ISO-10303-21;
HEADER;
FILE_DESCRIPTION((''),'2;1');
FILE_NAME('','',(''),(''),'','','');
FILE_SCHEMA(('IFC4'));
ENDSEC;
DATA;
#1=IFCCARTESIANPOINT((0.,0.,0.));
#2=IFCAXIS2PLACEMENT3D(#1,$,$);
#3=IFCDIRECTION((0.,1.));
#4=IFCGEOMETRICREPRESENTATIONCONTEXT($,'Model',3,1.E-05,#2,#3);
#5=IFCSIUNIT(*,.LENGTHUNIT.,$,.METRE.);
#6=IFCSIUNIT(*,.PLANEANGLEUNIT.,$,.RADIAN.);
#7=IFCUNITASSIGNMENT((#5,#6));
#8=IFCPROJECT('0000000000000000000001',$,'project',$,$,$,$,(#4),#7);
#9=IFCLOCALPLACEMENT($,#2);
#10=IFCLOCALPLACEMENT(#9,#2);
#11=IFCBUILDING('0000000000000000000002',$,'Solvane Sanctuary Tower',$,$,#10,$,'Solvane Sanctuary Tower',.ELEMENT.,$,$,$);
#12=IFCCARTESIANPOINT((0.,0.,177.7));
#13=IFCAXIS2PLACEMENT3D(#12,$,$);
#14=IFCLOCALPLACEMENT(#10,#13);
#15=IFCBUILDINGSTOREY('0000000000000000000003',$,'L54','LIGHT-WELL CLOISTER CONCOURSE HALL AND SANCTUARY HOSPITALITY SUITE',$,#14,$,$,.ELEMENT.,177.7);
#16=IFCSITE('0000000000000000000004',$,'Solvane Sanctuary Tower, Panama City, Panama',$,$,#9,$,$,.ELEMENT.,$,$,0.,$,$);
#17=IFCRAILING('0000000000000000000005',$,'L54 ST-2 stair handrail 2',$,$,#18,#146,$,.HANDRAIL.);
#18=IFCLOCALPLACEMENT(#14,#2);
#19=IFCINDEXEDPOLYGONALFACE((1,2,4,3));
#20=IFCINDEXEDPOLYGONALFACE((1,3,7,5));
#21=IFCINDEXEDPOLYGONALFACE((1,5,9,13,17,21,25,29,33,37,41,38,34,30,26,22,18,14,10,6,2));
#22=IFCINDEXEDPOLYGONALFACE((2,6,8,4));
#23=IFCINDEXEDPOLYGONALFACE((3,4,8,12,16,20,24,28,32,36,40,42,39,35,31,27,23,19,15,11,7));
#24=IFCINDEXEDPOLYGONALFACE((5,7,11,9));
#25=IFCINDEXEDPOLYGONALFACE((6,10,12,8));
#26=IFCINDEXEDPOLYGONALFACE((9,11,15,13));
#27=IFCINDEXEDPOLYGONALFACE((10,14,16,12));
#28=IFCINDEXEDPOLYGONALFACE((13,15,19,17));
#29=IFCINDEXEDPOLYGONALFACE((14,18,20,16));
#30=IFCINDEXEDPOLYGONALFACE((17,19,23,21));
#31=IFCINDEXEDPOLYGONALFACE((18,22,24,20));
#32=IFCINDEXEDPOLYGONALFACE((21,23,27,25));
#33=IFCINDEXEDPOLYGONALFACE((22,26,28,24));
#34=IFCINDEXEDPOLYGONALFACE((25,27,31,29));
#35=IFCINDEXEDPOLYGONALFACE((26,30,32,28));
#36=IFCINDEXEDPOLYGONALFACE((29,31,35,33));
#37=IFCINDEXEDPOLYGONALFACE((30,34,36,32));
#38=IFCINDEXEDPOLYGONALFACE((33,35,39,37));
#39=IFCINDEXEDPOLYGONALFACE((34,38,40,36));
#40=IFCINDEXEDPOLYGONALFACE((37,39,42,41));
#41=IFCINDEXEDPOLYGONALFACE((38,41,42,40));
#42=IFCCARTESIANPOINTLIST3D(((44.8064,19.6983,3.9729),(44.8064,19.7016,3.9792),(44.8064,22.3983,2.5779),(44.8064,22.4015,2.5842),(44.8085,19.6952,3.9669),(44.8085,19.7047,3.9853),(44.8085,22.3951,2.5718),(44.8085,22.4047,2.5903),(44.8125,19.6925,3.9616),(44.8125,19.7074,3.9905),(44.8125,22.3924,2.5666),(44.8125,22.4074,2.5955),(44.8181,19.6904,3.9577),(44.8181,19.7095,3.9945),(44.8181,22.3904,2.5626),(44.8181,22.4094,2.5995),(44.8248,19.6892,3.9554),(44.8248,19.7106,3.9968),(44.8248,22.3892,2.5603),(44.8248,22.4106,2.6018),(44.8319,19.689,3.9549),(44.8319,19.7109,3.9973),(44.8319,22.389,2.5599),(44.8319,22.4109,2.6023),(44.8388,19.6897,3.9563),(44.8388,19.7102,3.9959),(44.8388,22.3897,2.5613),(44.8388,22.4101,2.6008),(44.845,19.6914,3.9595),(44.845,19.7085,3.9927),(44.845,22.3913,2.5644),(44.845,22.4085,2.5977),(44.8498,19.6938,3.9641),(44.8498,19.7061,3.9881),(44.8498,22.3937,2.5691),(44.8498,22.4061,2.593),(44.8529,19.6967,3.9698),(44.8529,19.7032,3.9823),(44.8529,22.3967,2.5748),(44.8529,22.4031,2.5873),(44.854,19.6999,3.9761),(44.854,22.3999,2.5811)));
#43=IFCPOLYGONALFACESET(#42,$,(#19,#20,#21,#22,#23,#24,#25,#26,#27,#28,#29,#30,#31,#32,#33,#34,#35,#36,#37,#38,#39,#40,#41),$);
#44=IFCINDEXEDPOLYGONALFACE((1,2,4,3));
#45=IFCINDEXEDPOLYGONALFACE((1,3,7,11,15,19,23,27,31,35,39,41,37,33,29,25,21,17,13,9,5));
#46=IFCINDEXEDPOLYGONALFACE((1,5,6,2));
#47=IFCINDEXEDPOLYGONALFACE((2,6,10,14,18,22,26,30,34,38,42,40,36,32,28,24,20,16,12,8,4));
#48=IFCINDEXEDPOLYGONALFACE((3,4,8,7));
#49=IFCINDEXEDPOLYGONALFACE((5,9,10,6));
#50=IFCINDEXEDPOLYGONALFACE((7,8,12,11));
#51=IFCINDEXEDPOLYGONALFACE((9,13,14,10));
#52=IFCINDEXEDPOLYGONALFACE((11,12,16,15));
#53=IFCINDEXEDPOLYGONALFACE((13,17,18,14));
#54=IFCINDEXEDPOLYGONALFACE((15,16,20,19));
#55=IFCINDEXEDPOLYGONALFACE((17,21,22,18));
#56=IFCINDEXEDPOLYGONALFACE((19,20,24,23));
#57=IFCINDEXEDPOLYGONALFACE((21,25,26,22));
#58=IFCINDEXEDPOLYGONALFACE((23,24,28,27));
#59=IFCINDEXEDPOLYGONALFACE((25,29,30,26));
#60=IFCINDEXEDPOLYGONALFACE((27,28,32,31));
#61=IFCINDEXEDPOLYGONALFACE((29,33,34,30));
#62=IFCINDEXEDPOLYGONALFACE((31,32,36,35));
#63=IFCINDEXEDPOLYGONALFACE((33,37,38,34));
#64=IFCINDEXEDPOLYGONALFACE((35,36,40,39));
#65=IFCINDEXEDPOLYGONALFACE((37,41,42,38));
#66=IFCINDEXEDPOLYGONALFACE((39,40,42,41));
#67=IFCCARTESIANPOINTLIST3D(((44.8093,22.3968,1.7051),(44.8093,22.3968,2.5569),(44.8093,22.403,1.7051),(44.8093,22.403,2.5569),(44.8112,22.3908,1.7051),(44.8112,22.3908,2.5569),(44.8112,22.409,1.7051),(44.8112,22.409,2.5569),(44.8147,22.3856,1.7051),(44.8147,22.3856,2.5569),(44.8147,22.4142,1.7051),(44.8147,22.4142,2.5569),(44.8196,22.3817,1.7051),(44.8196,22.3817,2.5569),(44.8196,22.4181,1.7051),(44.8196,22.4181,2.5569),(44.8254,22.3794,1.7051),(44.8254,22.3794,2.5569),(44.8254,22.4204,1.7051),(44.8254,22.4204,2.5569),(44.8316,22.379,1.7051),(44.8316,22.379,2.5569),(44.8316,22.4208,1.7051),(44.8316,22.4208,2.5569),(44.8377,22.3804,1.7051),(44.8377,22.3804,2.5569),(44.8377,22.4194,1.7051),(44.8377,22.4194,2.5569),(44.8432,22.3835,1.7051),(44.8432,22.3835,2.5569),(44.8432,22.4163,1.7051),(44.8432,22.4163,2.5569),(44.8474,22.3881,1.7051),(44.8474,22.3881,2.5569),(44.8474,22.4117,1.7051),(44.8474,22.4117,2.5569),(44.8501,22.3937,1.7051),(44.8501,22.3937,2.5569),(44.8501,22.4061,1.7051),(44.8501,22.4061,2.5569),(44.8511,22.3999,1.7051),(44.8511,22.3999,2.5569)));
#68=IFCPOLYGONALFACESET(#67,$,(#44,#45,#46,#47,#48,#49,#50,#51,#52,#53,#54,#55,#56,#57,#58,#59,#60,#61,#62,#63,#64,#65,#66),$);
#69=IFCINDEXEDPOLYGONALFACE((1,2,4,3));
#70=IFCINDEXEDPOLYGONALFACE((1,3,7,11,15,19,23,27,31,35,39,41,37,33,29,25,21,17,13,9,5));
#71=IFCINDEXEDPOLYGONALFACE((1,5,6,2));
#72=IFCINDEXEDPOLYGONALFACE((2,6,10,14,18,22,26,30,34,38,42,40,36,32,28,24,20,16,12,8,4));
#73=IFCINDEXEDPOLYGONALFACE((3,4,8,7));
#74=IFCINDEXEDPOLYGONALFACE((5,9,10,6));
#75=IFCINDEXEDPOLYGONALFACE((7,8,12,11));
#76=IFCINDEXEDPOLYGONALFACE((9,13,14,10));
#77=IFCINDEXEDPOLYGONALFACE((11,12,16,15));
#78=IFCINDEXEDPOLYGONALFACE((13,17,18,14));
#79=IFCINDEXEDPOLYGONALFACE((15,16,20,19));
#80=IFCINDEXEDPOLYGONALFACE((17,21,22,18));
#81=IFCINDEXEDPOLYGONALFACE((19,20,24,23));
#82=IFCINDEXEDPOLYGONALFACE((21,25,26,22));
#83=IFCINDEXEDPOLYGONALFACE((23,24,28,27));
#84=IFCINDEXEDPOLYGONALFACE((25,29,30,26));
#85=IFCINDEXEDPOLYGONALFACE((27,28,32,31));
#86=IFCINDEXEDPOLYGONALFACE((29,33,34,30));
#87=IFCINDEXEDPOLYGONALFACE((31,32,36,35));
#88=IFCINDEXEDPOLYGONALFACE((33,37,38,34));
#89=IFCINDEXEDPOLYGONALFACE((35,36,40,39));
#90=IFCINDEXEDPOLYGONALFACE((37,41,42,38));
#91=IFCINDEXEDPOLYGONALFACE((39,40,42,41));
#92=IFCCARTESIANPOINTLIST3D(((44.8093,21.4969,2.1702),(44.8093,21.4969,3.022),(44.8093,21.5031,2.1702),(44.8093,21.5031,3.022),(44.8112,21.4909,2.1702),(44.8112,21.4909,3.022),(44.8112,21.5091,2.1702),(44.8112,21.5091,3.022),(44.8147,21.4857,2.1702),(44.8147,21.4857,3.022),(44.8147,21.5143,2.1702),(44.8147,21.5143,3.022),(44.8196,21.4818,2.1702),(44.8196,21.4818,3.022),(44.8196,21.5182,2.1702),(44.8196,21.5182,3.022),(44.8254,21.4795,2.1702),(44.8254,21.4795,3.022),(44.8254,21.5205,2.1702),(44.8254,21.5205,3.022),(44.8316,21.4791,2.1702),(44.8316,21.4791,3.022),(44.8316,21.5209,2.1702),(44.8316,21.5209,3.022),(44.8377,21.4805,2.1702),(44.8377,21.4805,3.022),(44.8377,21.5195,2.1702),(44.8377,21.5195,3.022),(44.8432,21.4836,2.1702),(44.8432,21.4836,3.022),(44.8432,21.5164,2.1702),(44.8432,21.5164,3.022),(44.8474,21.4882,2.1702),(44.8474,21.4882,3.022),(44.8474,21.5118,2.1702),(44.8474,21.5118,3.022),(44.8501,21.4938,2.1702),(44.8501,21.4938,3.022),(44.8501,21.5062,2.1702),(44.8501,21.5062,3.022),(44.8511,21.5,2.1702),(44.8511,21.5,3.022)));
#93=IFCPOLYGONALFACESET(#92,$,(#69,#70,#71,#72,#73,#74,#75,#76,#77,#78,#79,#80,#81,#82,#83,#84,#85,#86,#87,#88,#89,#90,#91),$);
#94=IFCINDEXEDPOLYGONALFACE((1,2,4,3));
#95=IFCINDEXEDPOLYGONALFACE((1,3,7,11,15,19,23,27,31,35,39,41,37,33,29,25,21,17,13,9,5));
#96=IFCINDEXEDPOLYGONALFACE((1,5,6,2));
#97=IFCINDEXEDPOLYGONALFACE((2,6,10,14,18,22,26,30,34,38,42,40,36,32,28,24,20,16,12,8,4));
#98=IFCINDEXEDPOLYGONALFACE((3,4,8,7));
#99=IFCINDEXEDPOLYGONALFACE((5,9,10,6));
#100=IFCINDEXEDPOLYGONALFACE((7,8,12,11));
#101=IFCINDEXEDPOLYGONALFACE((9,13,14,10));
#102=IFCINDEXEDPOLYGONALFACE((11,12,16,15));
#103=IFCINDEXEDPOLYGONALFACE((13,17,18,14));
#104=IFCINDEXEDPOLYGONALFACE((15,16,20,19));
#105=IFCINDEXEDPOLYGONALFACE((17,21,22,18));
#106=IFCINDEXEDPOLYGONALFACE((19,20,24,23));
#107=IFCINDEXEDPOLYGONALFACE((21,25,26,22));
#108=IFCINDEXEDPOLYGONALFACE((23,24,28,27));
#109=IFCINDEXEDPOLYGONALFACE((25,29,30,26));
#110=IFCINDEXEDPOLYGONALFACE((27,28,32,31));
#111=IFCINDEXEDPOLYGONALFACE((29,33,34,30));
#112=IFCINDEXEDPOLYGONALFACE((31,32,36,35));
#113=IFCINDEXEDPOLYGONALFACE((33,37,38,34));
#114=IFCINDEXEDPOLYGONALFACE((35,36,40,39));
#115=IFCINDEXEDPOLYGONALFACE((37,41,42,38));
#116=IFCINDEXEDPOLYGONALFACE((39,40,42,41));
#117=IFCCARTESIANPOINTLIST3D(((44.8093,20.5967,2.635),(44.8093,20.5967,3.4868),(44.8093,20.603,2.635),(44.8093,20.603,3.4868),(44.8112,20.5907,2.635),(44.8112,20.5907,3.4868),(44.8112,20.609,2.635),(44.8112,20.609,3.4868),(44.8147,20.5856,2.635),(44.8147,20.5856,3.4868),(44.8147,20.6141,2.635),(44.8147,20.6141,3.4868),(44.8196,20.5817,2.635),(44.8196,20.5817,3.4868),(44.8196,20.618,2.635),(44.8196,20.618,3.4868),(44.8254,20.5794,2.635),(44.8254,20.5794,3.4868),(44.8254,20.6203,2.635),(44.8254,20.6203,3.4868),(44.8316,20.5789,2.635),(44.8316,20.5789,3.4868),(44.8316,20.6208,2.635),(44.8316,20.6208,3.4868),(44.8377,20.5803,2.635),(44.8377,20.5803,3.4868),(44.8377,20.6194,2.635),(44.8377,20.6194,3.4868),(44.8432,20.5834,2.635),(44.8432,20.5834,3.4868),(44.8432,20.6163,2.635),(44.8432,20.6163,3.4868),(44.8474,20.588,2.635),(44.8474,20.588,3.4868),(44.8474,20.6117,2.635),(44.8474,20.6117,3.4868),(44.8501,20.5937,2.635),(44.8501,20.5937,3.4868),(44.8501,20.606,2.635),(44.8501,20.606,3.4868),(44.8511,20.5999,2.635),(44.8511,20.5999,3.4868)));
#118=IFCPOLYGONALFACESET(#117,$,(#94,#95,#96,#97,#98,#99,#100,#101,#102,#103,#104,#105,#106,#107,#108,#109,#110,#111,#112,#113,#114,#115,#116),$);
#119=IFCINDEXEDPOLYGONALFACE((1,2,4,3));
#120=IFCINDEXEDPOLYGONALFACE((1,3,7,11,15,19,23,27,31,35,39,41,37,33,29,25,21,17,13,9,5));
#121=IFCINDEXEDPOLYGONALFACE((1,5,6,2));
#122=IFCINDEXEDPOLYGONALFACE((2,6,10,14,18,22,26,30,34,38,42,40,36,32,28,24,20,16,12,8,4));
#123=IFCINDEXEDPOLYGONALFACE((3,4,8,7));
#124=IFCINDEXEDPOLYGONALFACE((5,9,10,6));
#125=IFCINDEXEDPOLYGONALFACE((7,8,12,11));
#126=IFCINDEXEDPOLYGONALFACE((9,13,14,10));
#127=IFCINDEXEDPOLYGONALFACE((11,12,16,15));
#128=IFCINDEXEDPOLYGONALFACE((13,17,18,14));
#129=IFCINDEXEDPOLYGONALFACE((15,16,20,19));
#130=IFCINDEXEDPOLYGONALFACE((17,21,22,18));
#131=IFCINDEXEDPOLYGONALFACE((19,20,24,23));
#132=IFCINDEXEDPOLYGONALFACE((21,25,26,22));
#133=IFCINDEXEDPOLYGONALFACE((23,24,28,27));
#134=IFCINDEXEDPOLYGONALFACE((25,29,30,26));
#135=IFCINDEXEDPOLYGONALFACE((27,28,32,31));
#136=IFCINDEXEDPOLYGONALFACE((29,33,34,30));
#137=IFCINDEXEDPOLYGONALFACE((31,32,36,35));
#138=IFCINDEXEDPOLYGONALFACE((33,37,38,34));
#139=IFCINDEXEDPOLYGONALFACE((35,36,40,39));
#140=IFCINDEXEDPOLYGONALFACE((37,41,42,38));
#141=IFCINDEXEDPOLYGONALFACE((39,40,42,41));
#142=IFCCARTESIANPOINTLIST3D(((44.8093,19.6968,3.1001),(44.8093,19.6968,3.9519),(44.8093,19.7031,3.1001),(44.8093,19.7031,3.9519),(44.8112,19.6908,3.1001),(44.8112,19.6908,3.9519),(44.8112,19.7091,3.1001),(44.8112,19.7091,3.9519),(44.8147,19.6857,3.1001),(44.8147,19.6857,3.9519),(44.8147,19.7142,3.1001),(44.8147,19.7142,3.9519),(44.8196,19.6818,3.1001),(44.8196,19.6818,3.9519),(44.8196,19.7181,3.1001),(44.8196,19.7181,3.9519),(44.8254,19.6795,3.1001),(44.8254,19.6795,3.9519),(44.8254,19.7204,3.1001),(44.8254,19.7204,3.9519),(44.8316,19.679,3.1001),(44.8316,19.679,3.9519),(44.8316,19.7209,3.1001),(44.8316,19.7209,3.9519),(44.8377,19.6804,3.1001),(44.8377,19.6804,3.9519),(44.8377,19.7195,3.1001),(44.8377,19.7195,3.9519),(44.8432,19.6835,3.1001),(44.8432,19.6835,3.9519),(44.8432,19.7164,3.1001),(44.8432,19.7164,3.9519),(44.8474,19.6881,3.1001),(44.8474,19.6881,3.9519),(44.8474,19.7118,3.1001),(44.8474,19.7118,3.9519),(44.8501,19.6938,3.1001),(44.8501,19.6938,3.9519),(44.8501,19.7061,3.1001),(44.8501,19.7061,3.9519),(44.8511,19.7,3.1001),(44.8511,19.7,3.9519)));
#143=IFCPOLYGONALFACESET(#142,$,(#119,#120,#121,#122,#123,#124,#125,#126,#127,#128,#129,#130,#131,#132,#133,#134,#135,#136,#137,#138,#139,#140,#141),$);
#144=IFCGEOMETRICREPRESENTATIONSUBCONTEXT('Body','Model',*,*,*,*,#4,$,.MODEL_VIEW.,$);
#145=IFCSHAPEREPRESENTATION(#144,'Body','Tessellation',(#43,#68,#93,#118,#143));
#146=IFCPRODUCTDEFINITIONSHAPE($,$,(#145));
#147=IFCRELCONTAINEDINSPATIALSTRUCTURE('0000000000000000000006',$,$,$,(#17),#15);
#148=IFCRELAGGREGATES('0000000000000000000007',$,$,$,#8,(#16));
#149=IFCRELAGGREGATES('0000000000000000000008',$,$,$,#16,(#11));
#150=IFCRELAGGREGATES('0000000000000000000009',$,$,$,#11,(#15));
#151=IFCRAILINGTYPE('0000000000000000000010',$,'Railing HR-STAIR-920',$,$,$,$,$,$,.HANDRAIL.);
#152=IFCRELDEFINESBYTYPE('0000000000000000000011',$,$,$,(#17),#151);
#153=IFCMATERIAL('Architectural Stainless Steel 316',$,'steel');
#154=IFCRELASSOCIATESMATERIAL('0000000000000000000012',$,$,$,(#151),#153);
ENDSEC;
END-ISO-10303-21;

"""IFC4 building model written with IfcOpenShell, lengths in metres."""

from ifc_helpers import new_model, si_unit, direction, frame, origin, origin_2d, place, context, subcontext, project, spatial, circle, extrude, material, type_object, element, save


model = new_model("IFC4")

# Units and contexts
model_context = context("Model", 3, precision=1e-05, world=origin(), true_north=direction((0.0, 1.0)))
body_context = subcontext(model_context, "Body", "Model", "MODEL_VIEW")
ifc_project = project(units=[si_unit("LENGTHUNIT", "METRE"), si_unit("PLANEANGLEUNIT", "RADIAN")], contexts=[model_context])

# Site, building, storey
site_placement = place(None, origin())
site = spatial("IfcSite", under=ifc_project, at=site_placement, Name="Solvane Sanctuary Tower, Panama City, Panama", CompositionType="ELEMENT", RefElevation=0.0)
building_placement = place(site_placement, origin())
building = spatial("IfcBuilding", under=site, at=building_placement, Name="Solvane Sanctuary Tower", LongName="Solvane Sanctuary Tower", CompositionType="ELEMENT")
storey_placement = place(building_placement, frame((0.0, 0.0, 177.7)))
storey = spatial("IfcBuildingStorey", under=building, at=storey_placement, Name="L54", Description="LIGHT-WELL CLOISTER CONCOURSE HALL AND SANCTUARY HOSPITALITY SUITE", CompositionType="ELEMENT", Elevation=177.7)

# Shared definitions
ifc_material_1 = material(Name="Architectural Stainless Steel 316", Category="steel")

# Railing
railing_type_1 = type_object("IfcRailingType", Name="Railing HR-STAIR-920", PredefinedType="HANDRAIL", material=ifc_material_1)
railing_1_placement = place(storey_placement, frame((44.8301, 22.3999, 1.7051)))
element("IfcRailing", 1, at=railing_1_placement, inside=storey, type_object=railing_type_1, Name="L54 ST-2 stair handrail 2", PredefinedType="HANDRAIL", context=body_context, shape_type="SweptSolid", body=[
    extrude(circle(Radius=0.0239, at=origin_2d()), frame((0.0, 0.0, 0.876), z_axis=(0.0, -0.88842, 0.459032), x_axis=(1.0, 0.0, 0.0)), (0.0, 0.0, 1.0), 3.0391),
    extrude(circle(Radius=0.021, at=origin_2d()), origin(), (0.0, 0.0, 1.0), 0.8518),
    extrude(circle(Radius=0.021, at=origin_2d()), frame((0.0, -0.8999, 0.4651)), (0.0, 0.0, 1.0), 0.8518),
    extrude(circle(Radius=0.021, at=origin_2d()), frame((0.0, -1.8, 0.9299)), (0.0, 0.0, 1.0), 0.8518),
    extrude(circle(Radius=0.021, at=origin_2d()), frame((0.0, -2.7, 1.395)), (0.0, 0.0, 1.0), 0.8518),
])

save(model, "model.ifc")
